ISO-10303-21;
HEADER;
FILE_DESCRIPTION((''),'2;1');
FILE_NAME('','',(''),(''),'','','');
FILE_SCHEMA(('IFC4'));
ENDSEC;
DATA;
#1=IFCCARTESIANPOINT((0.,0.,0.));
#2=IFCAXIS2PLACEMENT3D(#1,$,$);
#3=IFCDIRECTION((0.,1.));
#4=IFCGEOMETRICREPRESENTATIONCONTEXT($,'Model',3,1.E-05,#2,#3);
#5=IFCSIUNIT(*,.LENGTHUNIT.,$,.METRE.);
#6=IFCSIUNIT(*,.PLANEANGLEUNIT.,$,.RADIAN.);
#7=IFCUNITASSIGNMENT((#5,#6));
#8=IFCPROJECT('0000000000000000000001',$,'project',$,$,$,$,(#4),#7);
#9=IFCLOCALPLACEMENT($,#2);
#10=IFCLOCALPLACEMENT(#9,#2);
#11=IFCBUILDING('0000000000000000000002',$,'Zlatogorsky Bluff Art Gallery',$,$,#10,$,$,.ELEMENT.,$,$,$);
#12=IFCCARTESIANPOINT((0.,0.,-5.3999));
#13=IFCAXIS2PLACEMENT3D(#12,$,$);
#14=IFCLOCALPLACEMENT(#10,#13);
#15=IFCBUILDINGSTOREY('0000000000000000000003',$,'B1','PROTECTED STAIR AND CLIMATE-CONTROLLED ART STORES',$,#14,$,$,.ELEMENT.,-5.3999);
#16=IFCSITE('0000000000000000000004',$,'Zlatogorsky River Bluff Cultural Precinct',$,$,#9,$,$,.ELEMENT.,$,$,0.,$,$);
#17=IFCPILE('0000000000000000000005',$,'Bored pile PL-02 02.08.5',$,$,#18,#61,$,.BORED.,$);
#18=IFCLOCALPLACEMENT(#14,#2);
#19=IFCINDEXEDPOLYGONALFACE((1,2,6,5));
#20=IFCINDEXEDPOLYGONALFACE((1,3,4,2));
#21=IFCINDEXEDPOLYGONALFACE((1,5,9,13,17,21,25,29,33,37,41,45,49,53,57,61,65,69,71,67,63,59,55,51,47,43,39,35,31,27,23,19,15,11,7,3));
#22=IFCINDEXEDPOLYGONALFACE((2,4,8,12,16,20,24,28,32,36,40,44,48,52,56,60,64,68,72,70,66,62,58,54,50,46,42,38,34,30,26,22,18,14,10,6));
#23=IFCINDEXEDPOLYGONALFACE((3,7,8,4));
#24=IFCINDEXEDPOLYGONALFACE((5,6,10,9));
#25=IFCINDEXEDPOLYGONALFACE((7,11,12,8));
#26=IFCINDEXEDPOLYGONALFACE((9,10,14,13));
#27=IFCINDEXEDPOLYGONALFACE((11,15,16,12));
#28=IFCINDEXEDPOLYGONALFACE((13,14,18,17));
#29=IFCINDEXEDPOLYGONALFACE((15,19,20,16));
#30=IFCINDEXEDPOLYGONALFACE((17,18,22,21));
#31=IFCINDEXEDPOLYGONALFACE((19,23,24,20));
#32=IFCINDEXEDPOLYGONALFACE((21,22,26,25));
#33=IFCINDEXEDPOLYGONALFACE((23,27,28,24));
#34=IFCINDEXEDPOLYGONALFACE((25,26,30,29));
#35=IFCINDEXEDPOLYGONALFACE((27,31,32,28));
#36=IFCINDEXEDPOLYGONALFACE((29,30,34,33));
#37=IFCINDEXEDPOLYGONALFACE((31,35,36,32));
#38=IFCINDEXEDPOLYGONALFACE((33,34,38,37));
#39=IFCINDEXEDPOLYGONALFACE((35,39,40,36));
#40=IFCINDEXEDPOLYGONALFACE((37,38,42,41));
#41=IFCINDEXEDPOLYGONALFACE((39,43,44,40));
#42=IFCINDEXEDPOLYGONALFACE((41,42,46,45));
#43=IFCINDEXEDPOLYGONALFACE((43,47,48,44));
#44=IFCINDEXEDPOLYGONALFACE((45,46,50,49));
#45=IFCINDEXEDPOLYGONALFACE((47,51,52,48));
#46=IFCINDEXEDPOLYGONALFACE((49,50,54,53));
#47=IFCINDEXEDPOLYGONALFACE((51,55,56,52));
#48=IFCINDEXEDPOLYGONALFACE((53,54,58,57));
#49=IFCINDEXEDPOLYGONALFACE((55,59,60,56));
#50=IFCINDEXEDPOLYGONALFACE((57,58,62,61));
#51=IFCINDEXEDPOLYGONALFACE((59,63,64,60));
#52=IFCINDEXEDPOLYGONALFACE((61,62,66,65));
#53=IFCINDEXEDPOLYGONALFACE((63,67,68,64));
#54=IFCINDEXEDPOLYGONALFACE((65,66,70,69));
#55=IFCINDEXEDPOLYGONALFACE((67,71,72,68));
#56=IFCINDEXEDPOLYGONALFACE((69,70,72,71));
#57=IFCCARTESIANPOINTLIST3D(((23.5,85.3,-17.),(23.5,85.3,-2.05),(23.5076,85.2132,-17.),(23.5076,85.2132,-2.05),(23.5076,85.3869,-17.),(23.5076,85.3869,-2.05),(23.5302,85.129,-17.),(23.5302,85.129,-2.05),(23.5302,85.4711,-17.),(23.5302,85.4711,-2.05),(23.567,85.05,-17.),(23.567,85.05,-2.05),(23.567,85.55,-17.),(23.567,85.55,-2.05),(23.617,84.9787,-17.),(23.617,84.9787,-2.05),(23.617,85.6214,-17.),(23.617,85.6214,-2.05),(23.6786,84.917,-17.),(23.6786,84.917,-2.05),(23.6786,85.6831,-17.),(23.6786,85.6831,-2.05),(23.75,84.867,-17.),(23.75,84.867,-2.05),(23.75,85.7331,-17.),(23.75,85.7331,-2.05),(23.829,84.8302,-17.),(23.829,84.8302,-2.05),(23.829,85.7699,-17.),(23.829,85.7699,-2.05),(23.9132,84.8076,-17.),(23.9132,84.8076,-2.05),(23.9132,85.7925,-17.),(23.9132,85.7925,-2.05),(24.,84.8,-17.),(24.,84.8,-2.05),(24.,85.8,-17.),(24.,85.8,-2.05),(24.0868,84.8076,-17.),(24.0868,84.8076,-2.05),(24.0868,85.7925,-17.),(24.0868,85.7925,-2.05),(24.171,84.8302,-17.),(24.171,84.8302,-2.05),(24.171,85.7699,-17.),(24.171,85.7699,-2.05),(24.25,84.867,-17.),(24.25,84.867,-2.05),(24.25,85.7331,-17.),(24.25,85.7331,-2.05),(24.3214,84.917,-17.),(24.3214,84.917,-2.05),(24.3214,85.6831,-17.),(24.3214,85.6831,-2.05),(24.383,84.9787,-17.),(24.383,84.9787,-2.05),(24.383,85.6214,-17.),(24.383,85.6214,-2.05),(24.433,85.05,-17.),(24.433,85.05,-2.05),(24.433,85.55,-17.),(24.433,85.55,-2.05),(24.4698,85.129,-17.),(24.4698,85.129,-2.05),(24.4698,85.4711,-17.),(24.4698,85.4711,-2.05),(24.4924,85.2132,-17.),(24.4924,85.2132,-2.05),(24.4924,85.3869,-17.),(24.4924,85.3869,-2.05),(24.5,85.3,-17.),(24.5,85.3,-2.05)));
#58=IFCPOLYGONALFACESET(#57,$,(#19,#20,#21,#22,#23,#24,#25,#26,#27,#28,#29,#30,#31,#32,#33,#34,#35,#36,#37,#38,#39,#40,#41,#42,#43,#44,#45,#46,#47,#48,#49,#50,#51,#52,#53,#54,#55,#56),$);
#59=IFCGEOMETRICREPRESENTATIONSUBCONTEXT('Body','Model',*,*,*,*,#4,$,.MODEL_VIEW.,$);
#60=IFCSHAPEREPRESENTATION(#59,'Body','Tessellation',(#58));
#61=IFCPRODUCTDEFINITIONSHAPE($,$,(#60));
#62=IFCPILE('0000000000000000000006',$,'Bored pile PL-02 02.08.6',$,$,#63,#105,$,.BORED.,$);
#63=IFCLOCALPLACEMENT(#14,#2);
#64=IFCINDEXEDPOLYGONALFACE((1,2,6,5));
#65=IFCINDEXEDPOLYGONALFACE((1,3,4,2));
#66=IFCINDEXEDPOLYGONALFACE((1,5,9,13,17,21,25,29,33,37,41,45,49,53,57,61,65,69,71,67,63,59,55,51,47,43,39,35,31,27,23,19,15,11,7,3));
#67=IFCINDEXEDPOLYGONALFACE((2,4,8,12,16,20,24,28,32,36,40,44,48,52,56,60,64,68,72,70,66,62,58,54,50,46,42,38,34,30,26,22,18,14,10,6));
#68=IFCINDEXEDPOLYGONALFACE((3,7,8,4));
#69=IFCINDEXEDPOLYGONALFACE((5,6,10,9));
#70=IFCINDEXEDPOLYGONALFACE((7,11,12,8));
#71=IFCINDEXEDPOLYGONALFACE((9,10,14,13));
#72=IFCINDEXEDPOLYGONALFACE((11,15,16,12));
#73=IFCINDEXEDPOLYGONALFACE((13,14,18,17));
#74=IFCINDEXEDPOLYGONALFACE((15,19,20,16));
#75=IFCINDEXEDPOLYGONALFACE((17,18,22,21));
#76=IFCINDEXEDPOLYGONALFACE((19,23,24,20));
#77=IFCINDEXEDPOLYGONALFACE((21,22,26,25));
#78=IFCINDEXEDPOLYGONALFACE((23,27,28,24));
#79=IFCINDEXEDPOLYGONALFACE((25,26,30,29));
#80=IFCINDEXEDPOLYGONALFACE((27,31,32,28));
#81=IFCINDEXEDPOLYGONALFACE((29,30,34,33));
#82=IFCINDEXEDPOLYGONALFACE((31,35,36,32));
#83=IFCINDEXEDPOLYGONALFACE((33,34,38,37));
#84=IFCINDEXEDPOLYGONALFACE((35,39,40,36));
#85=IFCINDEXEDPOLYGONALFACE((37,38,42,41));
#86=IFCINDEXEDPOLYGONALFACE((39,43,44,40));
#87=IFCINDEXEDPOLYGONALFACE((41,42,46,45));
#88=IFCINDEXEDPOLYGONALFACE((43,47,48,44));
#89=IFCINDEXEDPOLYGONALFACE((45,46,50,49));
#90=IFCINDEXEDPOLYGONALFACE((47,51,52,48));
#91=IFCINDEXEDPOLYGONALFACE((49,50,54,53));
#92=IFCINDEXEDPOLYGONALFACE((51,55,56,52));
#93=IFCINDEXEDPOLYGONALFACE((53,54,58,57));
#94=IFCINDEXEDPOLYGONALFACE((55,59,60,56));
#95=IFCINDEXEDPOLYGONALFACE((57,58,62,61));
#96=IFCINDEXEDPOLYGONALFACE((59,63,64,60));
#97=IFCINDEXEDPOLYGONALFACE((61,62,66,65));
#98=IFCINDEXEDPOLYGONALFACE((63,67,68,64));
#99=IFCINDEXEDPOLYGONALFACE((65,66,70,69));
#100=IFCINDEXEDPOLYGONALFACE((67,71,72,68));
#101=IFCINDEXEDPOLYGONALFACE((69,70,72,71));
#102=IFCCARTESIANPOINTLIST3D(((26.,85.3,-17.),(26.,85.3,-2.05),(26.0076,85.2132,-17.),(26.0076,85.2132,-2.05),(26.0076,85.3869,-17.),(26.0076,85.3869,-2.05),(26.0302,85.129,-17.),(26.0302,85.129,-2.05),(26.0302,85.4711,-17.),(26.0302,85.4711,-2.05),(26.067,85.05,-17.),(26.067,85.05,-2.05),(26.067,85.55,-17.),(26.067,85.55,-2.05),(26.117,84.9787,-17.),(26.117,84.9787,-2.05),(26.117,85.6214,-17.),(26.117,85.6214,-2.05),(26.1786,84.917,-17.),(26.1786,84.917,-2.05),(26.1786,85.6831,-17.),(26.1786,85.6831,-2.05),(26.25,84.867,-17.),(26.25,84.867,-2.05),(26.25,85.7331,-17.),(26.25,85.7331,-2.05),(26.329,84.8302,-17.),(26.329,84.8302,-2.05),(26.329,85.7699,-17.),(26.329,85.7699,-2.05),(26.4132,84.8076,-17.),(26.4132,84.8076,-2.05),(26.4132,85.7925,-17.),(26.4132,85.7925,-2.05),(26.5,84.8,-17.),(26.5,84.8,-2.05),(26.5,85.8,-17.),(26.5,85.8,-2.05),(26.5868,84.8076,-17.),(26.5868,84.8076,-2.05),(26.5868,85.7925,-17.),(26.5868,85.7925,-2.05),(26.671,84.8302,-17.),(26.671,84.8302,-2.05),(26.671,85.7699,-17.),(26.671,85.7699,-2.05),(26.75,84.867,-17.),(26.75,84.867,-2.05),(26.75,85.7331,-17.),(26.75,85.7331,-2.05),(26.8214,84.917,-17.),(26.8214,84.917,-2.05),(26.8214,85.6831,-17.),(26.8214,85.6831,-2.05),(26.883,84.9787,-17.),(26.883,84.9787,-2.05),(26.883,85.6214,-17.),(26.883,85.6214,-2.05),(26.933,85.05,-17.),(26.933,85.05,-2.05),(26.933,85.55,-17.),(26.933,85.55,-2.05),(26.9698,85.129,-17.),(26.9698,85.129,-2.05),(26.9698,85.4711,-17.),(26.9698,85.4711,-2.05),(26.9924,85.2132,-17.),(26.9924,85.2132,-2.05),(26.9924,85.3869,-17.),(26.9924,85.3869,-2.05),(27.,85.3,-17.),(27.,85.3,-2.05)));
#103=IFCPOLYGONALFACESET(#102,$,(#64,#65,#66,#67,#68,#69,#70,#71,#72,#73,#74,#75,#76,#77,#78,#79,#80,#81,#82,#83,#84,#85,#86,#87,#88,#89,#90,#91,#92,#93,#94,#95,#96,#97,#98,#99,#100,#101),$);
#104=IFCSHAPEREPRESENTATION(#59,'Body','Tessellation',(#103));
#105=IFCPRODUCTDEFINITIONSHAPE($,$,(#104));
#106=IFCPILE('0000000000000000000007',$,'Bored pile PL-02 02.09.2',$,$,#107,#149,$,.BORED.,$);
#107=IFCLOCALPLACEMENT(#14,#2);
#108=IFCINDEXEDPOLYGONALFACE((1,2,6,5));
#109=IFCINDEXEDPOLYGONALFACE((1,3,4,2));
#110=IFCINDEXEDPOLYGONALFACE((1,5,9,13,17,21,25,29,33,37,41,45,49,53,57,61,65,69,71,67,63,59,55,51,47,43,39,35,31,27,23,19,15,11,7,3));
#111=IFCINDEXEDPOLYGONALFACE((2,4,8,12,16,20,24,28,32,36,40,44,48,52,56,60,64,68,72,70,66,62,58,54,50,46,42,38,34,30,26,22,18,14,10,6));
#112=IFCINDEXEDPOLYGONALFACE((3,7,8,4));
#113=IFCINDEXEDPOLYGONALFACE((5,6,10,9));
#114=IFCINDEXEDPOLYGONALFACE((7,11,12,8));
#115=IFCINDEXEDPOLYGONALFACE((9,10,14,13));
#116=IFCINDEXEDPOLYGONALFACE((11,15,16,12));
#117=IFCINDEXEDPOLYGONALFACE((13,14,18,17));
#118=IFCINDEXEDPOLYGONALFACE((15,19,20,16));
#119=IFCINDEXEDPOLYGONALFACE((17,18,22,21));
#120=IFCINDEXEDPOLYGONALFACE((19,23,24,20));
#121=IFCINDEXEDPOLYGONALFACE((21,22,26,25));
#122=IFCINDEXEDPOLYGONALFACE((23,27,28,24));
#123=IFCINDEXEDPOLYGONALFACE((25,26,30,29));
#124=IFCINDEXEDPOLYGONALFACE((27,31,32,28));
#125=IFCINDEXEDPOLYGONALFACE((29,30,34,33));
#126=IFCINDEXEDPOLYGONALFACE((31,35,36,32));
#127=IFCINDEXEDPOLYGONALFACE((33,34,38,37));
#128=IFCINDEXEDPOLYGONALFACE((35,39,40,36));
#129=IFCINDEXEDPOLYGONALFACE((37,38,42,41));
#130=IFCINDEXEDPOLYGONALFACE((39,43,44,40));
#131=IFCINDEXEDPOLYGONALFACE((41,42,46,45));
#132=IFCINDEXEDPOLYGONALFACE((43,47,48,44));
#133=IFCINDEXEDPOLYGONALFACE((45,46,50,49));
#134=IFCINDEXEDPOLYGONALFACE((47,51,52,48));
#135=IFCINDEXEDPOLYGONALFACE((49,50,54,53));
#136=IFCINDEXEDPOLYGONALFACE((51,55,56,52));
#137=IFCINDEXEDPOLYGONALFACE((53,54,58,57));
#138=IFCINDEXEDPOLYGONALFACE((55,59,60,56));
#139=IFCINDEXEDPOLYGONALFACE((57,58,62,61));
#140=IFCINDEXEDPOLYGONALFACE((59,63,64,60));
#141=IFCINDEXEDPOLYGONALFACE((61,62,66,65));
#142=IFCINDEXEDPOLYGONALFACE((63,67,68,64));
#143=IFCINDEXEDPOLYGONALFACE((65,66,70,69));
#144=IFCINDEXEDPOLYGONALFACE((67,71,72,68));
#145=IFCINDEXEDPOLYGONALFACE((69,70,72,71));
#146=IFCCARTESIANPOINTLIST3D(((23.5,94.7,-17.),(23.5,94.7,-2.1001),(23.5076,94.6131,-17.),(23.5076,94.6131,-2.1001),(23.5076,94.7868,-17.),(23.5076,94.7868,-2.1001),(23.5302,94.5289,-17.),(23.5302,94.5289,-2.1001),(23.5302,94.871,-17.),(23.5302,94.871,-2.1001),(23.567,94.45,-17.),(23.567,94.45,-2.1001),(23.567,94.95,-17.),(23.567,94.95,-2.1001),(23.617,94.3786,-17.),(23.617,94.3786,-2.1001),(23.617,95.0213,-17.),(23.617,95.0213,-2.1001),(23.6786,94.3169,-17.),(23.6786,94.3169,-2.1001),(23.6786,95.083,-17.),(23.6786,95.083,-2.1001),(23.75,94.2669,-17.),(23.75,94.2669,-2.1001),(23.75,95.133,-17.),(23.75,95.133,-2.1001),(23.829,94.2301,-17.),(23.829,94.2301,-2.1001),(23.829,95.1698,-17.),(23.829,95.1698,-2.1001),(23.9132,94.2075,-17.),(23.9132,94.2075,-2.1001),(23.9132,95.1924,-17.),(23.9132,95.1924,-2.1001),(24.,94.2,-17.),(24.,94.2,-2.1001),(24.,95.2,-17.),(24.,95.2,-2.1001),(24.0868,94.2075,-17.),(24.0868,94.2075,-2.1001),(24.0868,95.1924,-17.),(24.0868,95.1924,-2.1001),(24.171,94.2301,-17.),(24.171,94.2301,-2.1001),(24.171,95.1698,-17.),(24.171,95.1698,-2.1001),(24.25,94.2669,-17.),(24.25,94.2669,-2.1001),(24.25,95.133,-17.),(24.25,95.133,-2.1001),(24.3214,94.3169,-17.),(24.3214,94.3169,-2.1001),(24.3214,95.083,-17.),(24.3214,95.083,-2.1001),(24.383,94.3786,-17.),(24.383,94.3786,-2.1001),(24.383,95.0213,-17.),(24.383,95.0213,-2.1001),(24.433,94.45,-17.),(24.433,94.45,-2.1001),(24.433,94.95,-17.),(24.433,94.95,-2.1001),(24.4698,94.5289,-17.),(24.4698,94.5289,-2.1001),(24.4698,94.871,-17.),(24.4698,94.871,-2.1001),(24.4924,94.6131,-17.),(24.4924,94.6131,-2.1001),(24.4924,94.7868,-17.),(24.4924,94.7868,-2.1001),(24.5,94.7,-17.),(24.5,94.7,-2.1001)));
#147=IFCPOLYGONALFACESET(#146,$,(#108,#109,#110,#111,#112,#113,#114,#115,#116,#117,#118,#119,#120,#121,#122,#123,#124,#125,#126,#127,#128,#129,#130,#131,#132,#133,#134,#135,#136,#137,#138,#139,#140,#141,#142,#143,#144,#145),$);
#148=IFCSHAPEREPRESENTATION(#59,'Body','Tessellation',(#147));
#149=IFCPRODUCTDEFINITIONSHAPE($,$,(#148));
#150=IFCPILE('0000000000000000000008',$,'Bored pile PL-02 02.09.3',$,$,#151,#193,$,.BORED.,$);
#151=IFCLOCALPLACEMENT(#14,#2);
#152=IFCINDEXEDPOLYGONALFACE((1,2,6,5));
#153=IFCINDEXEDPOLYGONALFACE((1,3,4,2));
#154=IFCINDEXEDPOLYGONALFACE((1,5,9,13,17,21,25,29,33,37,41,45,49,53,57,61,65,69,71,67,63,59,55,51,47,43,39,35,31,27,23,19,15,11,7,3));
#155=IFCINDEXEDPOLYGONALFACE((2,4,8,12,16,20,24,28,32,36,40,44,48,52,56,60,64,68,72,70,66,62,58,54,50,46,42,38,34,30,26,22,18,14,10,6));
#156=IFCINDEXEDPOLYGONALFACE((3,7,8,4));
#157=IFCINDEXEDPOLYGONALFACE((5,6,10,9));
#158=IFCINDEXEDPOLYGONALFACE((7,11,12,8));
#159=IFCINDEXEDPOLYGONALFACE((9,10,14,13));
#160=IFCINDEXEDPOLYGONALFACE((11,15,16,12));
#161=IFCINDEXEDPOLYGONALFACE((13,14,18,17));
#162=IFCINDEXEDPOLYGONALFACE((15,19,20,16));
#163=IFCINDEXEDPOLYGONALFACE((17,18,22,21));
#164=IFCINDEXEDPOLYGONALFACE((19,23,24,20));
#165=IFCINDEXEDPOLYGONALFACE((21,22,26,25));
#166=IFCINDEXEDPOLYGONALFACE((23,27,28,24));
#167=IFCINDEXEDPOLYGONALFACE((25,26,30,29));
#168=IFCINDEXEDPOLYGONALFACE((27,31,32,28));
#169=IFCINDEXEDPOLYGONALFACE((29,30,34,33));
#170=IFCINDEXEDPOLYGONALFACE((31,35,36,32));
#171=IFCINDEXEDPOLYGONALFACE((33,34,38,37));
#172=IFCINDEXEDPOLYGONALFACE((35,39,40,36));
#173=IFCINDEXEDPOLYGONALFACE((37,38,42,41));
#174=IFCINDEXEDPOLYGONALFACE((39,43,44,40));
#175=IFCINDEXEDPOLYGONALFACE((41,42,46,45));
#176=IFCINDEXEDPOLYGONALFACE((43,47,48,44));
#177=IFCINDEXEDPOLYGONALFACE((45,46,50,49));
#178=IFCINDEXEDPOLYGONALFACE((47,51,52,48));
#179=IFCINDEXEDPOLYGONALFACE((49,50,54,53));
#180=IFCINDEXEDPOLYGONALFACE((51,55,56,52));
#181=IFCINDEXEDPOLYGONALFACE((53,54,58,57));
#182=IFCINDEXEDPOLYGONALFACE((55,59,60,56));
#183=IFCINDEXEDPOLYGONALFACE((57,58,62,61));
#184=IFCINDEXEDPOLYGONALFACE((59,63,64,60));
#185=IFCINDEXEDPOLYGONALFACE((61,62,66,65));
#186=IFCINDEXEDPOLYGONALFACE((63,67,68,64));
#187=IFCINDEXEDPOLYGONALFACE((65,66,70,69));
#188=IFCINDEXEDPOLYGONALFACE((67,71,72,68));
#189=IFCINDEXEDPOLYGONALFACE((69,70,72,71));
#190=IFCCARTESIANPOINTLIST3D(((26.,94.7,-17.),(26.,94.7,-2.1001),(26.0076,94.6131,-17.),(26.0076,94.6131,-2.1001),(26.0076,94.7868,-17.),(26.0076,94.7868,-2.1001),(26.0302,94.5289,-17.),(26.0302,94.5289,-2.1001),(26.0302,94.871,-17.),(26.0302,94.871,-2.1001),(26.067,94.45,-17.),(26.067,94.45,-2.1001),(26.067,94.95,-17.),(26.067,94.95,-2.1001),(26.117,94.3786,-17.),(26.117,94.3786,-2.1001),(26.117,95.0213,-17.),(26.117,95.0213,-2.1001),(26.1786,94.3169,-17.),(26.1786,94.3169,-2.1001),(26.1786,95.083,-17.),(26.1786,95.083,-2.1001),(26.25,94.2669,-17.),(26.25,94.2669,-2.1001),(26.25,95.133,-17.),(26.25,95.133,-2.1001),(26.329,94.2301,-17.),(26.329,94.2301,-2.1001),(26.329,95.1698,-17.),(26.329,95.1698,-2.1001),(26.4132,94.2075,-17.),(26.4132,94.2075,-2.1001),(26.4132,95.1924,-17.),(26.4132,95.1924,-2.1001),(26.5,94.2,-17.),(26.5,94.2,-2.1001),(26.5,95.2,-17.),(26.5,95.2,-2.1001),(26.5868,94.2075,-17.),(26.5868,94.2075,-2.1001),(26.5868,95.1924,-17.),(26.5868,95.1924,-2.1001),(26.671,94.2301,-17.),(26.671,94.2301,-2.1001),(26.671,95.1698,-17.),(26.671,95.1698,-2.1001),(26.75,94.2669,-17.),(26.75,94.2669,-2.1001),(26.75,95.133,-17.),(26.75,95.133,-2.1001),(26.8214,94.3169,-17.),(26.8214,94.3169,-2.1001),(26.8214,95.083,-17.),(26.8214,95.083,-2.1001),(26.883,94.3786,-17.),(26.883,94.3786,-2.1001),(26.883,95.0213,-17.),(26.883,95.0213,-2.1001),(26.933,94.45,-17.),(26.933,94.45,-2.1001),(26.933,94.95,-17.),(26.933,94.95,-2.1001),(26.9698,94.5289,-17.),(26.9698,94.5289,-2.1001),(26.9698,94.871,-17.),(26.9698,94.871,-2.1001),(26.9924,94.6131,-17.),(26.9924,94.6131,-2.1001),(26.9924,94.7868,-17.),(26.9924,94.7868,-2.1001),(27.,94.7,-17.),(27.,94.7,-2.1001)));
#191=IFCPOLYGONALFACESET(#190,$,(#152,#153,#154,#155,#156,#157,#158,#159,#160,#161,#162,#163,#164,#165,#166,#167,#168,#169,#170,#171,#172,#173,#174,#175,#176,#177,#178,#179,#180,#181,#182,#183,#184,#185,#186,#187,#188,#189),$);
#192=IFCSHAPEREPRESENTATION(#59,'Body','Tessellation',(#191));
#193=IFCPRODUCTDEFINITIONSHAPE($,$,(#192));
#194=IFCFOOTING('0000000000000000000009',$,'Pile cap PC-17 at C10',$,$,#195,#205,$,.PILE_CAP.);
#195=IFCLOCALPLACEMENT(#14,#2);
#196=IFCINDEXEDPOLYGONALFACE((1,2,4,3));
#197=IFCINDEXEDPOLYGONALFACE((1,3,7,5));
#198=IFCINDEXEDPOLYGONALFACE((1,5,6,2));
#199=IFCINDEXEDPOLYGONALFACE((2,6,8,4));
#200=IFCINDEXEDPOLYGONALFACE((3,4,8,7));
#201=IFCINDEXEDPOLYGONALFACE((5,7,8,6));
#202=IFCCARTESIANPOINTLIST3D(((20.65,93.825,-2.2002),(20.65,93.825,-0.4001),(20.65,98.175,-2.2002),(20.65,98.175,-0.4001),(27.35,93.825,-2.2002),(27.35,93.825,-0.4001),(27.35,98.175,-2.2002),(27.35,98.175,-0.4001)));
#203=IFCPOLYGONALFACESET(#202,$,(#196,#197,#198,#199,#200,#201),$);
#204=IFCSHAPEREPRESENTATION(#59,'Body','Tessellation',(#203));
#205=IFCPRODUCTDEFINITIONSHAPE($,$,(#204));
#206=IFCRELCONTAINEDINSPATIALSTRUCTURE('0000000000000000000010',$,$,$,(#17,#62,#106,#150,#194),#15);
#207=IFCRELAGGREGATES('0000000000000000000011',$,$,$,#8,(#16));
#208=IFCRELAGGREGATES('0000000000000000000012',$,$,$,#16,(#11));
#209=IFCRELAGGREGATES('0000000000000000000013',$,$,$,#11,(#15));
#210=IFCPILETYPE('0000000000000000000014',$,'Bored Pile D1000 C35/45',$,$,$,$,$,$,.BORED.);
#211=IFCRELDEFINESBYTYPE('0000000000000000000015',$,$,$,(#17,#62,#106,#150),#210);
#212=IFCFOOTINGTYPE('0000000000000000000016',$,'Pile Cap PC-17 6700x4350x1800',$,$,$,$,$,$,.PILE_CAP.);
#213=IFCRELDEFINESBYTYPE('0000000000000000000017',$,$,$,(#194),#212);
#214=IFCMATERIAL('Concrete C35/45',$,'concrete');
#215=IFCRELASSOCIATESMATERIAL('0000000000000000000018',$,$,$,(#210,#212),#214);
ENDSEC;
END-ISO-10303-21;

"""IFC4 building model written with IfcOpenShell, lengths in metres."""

from ifc_helpers import new_model, si_unit, direction, frame, origin, origin_2d, place, context, subcontext, project, spatial, rectangle, circle, extrude, material, material_profile, profile_set, type_object, element, save


model = new_model("IFC4")

# Units and contexts
model_context = context("Model", 3, precision=1e-05, world=origin(), true_north=direction((0.0, 1.0)))
body_context = subcontext(model_context, "Body", "Model", "MODEL_VIEW")
ifc_project = project(units=[si_unit("LENGTHUNIT", "METRE"), si_unit("PLANEANGLEUNIT", "RADIAN")], contexts=[model_context])

# Site, building, storey
site_placement = place(None, origin())
site = spatial("IfcSite", under=ifc_project, at=site_placement, Name="Zlatogorsky River Bluff Cultural Precinct", CompositionType="ELEMENT", RefElevation=0.0)
building_placement = place(site_placement, origin())
building = spatial("IfcBuilding", under=site, at=building_placement, Name="Zlatogorsky Bluff Art Gallery", CompositionType="ELEMENT")
storey_placement = place(building_placement, frame((0.0, 0.0, -5.3999)))
storey = spatial("IfcBuildingStorey", under=building, at=storey_placement, Name="B1", Description="PROTECTED STAIR AND CLIMATE-CONTROLLED ART STORES", CompositionType="ELEMENT", Elevation=-5.3999)

# Piles
ifc_material_1 = material(Name="Concrete C35/45", Category="concrete")
ifc_material_profile_1 = material_profile(ifc_material_1, circle(Radius=0.5, at=origin_2d()), Name="BORED PILE D1000")
ifc_profile_set_1 = profile_set([ifc_material_profile_1], Name="Concrete C35/45")
pile_type = type_object("IfcPileType", Name="Bored Pile D1000 C35/45", PredefinedType="BORED", material=ifc_profile_set_1)
for number, where, z_axis, x_axis, name in (
    (1, (24.0, 85.3, -2.05), (0.0, 0.0, -1.0), (1.0, 0.0, 0.0), "Bored pile PL-02 02.08.5"),
    (2, (26.5, 85.3, -2.05), (0.0, 0.0, -1.0), (1.0, 0.0, 0.0), "Bored pile PL-02 02.08.6"),
):
    element("IfcPile", number, at=place(storey_placement, frame(where, z_axis=z_axis, x_axis=x_axis)), inside=storey, type_object=pile_type, Name=name, PredefinedType="BORED", context=body_context, shape_type="SweptSolid", body=[
        extrude(circle(Radius=0.5, at=origin_2d()), origin(), (0.0, 0.0, 1.0), 14.95),
    ])
for number, where, z_axis, x_axis, name in (
    (3, (24.0, 94.7, -2.1001), (0.0, 0.0, -1.0), (1.0, 0.0, 0.0), "Bored pile PL-02 02.09.2"),
    (4, (26.5, 94.7, -2.1001), (0.0, 0.0, -1.0), (1.0, 0.0, 0.0), "Bored pile PL-02 02.09.3"),
):
    element("IfcPile", number, at=place(storey_placement, frame(where, z_axis=z_axis, x_axis=x_axis)), inside=storey, type_object=pile_type, Name=name, PredefinedType="BORED", context=body_context, shape_type="SweptSolid", body=[
        extrude(circle(Radius=0.5, at=origin_2d()), origin(), (0.0, 0.0, 1.0), 14.8999),
    ])

# Footing
footing_type = type_object("IfcFootingType", Name="Pile Cap PC-17 6700x4350x1800", PredefinedType="PILE_CAP", material=ifc_material_1)
footing_placement = place(storey_placement, frame((24.0, 96.0, -2.2002), z_axis=(0.0, 0.0, 1.0), x_axis=(1.0, 0.0, 0.0)))
element("IfcFooting", 5, at=footing_placement, inside=storey, type_object=footing_type, Name="Pile cap PC-17 at C10", PredefinedType="PILE_CAP", context=body_context, shape_type="SweptSolid", body=[
    extrude(rectangle(XDim=6.7, YDim=4.3501, at=origin_2d()), origin(), (0.0, 0.0, 1.0), 1.8),
])

save(model, "model.ifc")
